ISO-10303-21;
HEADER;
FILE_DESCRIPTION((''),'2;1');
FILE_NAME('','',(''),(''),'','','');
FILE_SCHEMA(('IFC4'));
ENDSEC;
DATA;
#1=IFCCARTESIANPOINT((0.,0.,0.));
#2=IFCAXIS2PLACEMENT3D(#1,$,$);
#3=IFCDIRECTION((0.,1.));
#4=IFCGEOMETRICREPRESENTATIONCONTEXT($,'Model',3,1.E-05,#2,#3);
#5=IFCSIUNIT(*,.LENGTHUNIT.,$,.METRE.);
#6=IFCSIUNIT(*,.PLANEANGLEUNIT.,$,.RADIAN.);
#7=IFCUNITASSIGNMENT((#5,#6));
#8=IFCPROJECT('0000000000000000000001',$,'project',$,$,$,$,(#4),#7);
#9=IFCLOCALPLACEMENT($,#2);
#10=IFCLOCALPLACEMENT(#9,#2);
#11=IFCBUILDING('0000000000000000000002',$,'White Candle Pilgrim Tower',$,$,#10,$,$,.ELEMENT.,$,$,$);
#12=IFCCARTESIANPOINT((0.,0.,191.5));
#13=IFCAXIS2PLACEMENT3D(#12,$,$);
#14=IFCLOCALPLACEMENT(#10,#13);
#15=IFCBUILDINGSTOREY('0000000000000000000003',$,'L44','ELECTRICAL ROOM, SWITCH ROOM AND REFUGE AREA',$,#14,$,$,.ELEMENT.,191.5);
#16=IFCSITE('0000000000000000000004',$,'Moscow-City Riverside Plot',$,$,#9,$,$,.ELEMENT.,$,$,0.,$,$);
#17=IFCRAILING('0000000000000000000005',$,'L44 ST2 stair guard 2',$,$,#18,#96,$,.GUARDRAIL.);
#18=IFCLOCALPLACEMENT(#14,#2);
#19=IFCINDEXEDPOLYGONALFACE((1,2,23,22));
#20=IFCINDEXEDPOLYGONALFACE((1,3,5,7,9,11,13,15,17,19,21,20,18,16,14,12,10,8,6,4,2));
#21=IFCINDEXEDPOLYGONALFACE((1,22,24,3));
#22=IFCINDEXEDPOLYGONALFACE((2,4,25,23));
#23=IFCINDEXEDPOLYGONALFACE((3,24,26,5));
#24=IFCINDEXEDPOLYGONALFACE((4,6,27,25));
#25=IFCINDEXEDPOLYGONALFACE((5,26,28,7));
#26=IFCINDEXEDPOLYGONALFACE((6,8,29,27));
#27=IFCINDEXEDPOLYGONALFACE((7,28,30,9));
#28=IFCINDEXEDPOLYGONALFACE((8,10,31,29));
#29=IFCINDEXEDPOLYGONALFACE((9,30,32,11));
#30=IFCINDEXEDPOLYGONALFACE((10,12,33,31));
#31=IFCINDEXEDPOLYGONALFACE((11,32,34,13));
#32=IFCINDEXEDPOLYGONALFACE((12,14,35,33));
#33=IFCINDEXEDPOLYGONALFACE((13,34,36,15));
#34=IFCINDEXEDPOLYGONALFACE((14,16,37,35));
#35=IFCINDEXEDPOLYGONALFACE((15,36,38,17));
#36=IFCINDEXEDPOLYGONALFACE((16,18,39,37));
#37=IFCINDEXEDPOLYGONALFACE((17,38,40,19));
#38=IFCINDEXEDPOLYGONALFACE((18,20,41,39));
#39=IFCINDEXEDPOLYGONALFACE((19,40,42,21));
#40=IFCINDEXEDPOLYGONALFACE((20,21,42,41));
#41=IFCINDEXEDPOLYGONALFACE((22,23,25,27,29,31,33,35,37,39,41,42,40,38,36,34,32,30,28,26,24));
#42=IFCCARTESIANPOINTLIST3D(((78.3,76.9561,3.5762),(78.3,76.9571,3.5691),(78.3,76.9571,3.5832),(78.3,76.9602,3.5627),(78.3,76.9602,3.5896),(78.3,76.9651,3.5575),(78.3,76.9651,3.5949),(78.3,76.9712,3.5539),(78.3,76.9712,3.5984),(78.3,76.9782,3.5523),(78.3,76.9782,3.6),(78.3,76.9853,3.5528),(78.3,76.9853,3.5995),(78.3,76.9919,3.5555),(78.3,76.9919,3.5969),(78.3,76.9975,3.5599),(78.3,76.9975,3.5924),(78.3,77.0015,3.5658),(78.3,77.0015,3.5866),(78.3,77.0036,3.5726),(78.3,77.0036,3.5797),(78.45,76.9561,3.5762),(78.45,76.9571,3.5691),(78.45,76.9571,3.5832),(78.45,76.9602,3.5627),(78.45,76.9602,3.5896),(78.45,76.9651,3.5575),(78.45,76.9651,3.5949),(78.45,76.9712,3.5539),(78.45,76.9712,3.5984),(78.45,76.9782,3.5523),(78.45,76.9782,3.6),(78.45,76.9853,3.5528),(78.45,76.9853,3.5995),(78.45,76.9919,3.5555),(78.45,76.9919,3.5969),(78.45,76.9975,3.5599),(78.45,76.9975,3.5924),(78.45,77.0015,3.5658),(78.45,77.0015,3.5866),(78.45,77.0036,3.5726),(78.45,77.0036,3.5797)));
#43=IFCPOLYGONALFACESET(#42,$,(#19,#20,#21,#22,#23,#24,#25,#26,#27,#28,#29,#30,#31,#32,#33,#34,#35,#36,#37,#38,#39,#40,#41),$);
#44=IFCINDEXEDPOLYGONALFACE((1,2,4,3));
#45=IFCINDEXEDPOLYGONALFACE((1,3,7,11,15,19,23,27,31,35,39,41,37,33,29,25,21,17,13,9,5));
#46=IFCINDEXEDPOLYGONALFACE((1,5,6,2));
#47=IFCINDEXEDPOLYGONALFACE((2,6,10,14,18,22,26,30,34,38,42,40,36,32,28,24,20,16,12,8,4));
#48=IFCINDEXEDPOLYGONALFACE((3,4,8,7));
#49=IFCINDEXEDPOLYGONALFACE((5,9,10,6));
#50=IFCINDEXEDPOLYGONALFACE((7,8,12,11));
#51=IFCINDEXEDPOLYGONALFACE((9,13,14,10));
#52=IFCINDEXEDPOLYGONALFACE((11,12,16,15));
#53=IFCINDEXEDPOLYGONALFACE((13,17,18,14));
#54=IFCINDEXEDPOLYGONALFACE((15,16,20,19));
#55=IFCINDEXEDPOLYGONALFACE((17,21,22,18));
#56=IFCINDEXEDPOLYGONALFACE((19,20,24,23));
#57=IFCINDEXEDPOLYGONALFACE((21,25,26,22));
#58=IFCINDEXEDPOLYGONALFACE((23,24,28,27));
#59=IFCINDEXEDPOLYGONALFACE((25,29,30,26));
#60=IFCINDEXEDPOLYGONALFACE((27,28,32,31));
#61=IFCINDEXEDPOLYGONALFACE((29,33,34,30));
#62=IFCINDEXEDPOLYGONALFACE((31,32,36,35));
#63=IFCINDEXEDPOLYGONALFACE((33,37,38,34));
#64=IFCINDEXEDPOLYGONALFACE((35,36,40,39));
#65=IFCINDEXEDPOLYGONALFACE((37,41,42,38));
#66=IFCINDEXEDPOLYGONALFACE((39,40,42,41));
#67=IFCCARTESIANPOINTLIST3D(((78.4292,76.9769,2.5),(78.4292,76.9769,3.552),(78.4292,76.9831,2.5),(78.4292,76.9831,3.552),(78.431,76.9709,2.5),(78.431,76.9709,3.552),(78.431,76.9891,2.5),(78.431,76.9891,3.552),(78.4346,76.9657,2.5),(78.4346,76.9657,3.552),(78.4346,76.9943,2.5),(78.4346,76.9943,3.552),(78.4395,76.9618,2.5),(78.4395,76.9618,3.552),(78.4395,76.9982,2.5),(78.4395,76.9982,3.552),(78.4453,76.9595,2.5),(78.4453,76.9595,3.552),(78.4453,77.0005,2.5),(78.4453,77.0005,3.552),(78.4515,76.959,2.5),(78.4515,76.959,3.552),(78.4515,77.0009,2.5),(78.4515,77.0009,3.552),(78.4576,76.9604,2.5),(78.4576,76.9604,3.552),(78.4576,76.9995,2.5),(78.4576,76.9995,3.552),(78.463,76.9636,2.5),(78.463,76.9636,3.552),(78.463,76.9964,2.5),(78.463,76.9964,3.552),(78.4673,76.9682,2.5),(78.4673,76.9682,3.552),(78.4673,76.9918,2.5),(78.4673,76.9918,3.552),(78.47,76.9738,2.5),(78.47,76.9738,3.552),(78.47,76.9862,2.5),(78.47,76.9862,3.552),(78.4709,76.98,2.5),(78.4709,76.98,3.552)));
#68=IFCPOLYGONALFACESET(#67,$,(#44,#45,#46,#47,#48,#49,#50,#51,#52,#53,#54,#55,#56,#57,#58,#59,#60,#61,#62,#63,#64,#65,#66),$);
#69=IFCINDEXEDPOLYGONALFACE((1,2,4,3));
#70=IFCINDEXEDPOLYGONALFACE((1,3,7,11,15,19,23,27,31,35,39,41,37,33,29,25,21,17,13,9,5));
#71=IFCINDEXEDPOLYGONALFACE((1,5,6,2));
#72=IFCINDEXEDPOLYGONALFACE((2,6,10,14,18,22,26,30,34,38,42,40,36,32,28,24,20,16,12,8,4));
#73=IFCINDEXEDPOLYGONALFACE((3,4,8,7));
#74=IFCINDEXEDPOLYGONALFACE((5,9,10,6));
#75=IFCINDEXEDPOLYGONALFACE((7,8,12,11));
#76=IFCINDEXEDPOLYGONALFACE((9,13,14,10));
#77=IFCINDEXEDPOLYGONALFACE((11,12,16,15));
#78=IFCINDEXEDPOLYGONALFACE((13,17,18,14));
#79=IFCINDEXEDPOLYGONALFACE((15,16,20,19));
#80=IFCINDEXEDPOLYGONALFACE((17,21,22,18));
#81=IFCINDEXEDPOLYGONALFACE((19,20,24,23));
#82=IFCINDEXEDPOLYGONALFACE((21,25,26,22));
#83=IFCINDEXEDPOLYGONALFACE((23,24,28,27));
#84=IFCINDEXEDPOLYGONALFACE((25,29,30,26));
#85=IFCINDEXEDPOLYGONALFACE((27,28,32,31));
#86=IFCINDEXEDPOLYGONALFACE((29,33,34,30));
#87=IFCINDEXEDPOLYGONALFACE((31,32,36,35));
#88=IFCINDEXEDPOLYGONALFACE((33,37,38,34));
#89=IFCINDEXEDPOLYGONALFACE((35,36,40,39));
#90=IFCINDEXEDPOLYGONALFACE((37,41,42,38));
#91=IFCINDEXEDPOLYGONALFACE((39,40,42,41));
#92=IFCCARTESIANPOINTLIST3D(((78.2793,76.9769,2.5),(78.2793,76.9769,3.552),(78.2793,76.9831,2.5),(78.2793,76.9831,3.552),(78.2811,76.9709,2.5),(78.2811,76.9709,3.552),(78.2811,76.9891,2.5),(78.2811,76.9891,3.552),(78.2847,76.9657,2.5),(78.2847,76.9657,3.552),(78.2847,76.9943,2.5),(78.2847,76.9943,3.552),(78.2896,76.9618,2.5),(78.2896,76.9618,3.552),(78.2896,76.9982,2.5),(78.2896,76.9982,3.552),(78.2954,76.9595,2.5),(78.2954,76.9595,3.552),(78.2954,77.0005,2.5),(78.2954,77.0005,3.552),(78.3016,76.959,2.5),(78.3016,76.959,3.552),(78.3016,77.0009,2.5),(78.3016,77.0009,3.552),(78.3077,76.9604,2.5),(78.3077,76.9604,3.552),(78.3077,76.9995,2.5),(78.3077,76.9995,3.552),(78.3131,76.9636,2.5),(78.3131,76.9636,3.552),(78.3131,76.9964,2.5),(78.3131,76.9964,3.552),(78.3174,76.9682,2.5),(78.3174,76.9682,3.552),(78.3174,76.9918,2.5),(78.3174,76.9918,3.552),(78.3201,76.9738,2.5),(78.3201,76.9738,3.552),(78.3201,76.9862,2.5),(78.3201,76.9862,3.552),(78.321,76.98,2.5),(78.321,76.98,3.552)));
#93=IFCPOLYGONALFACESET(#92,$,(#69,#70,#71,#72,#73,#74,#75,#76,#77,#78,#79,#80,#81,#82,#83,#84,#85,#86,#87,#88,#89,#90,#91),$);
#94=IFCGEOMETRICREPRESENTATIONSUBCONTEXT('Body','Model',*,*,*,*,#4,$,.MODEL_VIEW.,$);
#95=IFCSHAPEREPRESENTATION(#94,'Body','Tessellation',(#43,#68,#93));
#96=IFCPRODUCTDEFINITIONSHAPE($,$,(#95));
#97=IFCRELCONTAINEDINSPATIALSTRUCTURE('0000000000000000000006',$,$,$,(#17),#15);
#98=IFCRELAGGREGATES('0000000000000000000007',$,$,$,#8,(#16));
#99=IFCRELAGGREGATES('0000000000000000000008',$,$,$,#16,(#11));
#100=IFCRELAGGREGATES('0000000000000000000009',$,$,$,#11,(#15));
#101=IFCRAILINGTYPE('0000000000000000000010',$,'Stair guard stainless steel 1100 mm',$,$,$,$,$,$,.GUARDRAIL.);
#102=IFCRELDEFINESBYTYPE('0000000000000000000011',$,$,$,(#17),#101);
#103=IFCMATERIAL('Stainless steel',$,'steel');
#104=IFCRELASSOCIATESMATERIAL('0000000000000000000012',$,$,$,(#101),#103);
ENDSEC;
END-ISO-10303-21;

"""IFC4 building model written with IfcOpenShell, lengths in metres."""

from ifc_helpers import new_model, si_unit, direction, frame, origin, origin_2d, place, context, subcontext, project, spatial, circle, extrude, material, type_object, element, save


model = new_model("IFC4")

# Units and contexts
model_context = context("Model", 3, precision=1e-05, world=origin(), true_north=direction((0.0, 1.0)))
body_context = subcontext(model_context, "Body", "Model", "MODEL_VIEW")
ifc_project = project(units=[si_unit("LENGTHUNIT", "METRE"), si_unit("PLANEANGLEUNIT", "RADIAN")], contexts=[model_context])

# Site, building, storey
site_placement = place(None, origin())
site = spatial("IfcSite", under=ifc_project, at=site_placement, Name="Moscow-City Riverside Plot", CompositionType="ELEMENT", RefElevation=0.0)
building_placement = place(site_placement, origin())
building = spatial("IfcBuilding", under=site, at=building_placement, Name="White Candle Pilgrim Tower", CompositionType="ELEMENT")
storey_placement = place(building_placement, frame((0.0, 0.0, 191.5)))
storey = spatial("IfcBuildingStorey", under=building, at=storey_placement, Name="L44", Description="ELECTRICAL ROOM, SWITCH ROOM AND REFUGE AREA", CompositionType="ELEMENT", Elevation=191.5)

# Railing
ifc_material_1 = material(Name="Stainless steel", Category="steel")
railing_type_1 = type_object("IfcRailingType", Name="Stair guard stainless steel 1100 mm", PredefinedType="GUARDRAIL", material=ifc_material_1)
railing_1_placement = place(storey_placement, frame((78.45, 76.98, 2.5)))
element("IfcRailing", 1, at=railing_1_placement, inside=storey, type_object=railing_type_1, Name="L44 ST2 stair guard 2", PredefinedType="GUARDRAIL", context=body_context, shape_type="SweptSolid", body=[
    extrude(circle(Radius=0.0239, at=origin_2d()), frame((0.0, 0.0, 1.0762), z_axis=(-1.0, 0.0, 0.0), x_axis=(0.0, -1.0, 0.0)), (0.0, 0.0, 1.0), 0.1499),
    extrude(circle(Radius=0.021, at=origin_2d()), origin(), (0.0, 0.0, 1.0), 1.052),
    extrude(circle(Radius=0.021, at=origin_2d()), frame((-0.1499, 0.0, 0.0)), (0.0, 0.0, 1.0), 1.052),
])

save(model, "model.ifc")
